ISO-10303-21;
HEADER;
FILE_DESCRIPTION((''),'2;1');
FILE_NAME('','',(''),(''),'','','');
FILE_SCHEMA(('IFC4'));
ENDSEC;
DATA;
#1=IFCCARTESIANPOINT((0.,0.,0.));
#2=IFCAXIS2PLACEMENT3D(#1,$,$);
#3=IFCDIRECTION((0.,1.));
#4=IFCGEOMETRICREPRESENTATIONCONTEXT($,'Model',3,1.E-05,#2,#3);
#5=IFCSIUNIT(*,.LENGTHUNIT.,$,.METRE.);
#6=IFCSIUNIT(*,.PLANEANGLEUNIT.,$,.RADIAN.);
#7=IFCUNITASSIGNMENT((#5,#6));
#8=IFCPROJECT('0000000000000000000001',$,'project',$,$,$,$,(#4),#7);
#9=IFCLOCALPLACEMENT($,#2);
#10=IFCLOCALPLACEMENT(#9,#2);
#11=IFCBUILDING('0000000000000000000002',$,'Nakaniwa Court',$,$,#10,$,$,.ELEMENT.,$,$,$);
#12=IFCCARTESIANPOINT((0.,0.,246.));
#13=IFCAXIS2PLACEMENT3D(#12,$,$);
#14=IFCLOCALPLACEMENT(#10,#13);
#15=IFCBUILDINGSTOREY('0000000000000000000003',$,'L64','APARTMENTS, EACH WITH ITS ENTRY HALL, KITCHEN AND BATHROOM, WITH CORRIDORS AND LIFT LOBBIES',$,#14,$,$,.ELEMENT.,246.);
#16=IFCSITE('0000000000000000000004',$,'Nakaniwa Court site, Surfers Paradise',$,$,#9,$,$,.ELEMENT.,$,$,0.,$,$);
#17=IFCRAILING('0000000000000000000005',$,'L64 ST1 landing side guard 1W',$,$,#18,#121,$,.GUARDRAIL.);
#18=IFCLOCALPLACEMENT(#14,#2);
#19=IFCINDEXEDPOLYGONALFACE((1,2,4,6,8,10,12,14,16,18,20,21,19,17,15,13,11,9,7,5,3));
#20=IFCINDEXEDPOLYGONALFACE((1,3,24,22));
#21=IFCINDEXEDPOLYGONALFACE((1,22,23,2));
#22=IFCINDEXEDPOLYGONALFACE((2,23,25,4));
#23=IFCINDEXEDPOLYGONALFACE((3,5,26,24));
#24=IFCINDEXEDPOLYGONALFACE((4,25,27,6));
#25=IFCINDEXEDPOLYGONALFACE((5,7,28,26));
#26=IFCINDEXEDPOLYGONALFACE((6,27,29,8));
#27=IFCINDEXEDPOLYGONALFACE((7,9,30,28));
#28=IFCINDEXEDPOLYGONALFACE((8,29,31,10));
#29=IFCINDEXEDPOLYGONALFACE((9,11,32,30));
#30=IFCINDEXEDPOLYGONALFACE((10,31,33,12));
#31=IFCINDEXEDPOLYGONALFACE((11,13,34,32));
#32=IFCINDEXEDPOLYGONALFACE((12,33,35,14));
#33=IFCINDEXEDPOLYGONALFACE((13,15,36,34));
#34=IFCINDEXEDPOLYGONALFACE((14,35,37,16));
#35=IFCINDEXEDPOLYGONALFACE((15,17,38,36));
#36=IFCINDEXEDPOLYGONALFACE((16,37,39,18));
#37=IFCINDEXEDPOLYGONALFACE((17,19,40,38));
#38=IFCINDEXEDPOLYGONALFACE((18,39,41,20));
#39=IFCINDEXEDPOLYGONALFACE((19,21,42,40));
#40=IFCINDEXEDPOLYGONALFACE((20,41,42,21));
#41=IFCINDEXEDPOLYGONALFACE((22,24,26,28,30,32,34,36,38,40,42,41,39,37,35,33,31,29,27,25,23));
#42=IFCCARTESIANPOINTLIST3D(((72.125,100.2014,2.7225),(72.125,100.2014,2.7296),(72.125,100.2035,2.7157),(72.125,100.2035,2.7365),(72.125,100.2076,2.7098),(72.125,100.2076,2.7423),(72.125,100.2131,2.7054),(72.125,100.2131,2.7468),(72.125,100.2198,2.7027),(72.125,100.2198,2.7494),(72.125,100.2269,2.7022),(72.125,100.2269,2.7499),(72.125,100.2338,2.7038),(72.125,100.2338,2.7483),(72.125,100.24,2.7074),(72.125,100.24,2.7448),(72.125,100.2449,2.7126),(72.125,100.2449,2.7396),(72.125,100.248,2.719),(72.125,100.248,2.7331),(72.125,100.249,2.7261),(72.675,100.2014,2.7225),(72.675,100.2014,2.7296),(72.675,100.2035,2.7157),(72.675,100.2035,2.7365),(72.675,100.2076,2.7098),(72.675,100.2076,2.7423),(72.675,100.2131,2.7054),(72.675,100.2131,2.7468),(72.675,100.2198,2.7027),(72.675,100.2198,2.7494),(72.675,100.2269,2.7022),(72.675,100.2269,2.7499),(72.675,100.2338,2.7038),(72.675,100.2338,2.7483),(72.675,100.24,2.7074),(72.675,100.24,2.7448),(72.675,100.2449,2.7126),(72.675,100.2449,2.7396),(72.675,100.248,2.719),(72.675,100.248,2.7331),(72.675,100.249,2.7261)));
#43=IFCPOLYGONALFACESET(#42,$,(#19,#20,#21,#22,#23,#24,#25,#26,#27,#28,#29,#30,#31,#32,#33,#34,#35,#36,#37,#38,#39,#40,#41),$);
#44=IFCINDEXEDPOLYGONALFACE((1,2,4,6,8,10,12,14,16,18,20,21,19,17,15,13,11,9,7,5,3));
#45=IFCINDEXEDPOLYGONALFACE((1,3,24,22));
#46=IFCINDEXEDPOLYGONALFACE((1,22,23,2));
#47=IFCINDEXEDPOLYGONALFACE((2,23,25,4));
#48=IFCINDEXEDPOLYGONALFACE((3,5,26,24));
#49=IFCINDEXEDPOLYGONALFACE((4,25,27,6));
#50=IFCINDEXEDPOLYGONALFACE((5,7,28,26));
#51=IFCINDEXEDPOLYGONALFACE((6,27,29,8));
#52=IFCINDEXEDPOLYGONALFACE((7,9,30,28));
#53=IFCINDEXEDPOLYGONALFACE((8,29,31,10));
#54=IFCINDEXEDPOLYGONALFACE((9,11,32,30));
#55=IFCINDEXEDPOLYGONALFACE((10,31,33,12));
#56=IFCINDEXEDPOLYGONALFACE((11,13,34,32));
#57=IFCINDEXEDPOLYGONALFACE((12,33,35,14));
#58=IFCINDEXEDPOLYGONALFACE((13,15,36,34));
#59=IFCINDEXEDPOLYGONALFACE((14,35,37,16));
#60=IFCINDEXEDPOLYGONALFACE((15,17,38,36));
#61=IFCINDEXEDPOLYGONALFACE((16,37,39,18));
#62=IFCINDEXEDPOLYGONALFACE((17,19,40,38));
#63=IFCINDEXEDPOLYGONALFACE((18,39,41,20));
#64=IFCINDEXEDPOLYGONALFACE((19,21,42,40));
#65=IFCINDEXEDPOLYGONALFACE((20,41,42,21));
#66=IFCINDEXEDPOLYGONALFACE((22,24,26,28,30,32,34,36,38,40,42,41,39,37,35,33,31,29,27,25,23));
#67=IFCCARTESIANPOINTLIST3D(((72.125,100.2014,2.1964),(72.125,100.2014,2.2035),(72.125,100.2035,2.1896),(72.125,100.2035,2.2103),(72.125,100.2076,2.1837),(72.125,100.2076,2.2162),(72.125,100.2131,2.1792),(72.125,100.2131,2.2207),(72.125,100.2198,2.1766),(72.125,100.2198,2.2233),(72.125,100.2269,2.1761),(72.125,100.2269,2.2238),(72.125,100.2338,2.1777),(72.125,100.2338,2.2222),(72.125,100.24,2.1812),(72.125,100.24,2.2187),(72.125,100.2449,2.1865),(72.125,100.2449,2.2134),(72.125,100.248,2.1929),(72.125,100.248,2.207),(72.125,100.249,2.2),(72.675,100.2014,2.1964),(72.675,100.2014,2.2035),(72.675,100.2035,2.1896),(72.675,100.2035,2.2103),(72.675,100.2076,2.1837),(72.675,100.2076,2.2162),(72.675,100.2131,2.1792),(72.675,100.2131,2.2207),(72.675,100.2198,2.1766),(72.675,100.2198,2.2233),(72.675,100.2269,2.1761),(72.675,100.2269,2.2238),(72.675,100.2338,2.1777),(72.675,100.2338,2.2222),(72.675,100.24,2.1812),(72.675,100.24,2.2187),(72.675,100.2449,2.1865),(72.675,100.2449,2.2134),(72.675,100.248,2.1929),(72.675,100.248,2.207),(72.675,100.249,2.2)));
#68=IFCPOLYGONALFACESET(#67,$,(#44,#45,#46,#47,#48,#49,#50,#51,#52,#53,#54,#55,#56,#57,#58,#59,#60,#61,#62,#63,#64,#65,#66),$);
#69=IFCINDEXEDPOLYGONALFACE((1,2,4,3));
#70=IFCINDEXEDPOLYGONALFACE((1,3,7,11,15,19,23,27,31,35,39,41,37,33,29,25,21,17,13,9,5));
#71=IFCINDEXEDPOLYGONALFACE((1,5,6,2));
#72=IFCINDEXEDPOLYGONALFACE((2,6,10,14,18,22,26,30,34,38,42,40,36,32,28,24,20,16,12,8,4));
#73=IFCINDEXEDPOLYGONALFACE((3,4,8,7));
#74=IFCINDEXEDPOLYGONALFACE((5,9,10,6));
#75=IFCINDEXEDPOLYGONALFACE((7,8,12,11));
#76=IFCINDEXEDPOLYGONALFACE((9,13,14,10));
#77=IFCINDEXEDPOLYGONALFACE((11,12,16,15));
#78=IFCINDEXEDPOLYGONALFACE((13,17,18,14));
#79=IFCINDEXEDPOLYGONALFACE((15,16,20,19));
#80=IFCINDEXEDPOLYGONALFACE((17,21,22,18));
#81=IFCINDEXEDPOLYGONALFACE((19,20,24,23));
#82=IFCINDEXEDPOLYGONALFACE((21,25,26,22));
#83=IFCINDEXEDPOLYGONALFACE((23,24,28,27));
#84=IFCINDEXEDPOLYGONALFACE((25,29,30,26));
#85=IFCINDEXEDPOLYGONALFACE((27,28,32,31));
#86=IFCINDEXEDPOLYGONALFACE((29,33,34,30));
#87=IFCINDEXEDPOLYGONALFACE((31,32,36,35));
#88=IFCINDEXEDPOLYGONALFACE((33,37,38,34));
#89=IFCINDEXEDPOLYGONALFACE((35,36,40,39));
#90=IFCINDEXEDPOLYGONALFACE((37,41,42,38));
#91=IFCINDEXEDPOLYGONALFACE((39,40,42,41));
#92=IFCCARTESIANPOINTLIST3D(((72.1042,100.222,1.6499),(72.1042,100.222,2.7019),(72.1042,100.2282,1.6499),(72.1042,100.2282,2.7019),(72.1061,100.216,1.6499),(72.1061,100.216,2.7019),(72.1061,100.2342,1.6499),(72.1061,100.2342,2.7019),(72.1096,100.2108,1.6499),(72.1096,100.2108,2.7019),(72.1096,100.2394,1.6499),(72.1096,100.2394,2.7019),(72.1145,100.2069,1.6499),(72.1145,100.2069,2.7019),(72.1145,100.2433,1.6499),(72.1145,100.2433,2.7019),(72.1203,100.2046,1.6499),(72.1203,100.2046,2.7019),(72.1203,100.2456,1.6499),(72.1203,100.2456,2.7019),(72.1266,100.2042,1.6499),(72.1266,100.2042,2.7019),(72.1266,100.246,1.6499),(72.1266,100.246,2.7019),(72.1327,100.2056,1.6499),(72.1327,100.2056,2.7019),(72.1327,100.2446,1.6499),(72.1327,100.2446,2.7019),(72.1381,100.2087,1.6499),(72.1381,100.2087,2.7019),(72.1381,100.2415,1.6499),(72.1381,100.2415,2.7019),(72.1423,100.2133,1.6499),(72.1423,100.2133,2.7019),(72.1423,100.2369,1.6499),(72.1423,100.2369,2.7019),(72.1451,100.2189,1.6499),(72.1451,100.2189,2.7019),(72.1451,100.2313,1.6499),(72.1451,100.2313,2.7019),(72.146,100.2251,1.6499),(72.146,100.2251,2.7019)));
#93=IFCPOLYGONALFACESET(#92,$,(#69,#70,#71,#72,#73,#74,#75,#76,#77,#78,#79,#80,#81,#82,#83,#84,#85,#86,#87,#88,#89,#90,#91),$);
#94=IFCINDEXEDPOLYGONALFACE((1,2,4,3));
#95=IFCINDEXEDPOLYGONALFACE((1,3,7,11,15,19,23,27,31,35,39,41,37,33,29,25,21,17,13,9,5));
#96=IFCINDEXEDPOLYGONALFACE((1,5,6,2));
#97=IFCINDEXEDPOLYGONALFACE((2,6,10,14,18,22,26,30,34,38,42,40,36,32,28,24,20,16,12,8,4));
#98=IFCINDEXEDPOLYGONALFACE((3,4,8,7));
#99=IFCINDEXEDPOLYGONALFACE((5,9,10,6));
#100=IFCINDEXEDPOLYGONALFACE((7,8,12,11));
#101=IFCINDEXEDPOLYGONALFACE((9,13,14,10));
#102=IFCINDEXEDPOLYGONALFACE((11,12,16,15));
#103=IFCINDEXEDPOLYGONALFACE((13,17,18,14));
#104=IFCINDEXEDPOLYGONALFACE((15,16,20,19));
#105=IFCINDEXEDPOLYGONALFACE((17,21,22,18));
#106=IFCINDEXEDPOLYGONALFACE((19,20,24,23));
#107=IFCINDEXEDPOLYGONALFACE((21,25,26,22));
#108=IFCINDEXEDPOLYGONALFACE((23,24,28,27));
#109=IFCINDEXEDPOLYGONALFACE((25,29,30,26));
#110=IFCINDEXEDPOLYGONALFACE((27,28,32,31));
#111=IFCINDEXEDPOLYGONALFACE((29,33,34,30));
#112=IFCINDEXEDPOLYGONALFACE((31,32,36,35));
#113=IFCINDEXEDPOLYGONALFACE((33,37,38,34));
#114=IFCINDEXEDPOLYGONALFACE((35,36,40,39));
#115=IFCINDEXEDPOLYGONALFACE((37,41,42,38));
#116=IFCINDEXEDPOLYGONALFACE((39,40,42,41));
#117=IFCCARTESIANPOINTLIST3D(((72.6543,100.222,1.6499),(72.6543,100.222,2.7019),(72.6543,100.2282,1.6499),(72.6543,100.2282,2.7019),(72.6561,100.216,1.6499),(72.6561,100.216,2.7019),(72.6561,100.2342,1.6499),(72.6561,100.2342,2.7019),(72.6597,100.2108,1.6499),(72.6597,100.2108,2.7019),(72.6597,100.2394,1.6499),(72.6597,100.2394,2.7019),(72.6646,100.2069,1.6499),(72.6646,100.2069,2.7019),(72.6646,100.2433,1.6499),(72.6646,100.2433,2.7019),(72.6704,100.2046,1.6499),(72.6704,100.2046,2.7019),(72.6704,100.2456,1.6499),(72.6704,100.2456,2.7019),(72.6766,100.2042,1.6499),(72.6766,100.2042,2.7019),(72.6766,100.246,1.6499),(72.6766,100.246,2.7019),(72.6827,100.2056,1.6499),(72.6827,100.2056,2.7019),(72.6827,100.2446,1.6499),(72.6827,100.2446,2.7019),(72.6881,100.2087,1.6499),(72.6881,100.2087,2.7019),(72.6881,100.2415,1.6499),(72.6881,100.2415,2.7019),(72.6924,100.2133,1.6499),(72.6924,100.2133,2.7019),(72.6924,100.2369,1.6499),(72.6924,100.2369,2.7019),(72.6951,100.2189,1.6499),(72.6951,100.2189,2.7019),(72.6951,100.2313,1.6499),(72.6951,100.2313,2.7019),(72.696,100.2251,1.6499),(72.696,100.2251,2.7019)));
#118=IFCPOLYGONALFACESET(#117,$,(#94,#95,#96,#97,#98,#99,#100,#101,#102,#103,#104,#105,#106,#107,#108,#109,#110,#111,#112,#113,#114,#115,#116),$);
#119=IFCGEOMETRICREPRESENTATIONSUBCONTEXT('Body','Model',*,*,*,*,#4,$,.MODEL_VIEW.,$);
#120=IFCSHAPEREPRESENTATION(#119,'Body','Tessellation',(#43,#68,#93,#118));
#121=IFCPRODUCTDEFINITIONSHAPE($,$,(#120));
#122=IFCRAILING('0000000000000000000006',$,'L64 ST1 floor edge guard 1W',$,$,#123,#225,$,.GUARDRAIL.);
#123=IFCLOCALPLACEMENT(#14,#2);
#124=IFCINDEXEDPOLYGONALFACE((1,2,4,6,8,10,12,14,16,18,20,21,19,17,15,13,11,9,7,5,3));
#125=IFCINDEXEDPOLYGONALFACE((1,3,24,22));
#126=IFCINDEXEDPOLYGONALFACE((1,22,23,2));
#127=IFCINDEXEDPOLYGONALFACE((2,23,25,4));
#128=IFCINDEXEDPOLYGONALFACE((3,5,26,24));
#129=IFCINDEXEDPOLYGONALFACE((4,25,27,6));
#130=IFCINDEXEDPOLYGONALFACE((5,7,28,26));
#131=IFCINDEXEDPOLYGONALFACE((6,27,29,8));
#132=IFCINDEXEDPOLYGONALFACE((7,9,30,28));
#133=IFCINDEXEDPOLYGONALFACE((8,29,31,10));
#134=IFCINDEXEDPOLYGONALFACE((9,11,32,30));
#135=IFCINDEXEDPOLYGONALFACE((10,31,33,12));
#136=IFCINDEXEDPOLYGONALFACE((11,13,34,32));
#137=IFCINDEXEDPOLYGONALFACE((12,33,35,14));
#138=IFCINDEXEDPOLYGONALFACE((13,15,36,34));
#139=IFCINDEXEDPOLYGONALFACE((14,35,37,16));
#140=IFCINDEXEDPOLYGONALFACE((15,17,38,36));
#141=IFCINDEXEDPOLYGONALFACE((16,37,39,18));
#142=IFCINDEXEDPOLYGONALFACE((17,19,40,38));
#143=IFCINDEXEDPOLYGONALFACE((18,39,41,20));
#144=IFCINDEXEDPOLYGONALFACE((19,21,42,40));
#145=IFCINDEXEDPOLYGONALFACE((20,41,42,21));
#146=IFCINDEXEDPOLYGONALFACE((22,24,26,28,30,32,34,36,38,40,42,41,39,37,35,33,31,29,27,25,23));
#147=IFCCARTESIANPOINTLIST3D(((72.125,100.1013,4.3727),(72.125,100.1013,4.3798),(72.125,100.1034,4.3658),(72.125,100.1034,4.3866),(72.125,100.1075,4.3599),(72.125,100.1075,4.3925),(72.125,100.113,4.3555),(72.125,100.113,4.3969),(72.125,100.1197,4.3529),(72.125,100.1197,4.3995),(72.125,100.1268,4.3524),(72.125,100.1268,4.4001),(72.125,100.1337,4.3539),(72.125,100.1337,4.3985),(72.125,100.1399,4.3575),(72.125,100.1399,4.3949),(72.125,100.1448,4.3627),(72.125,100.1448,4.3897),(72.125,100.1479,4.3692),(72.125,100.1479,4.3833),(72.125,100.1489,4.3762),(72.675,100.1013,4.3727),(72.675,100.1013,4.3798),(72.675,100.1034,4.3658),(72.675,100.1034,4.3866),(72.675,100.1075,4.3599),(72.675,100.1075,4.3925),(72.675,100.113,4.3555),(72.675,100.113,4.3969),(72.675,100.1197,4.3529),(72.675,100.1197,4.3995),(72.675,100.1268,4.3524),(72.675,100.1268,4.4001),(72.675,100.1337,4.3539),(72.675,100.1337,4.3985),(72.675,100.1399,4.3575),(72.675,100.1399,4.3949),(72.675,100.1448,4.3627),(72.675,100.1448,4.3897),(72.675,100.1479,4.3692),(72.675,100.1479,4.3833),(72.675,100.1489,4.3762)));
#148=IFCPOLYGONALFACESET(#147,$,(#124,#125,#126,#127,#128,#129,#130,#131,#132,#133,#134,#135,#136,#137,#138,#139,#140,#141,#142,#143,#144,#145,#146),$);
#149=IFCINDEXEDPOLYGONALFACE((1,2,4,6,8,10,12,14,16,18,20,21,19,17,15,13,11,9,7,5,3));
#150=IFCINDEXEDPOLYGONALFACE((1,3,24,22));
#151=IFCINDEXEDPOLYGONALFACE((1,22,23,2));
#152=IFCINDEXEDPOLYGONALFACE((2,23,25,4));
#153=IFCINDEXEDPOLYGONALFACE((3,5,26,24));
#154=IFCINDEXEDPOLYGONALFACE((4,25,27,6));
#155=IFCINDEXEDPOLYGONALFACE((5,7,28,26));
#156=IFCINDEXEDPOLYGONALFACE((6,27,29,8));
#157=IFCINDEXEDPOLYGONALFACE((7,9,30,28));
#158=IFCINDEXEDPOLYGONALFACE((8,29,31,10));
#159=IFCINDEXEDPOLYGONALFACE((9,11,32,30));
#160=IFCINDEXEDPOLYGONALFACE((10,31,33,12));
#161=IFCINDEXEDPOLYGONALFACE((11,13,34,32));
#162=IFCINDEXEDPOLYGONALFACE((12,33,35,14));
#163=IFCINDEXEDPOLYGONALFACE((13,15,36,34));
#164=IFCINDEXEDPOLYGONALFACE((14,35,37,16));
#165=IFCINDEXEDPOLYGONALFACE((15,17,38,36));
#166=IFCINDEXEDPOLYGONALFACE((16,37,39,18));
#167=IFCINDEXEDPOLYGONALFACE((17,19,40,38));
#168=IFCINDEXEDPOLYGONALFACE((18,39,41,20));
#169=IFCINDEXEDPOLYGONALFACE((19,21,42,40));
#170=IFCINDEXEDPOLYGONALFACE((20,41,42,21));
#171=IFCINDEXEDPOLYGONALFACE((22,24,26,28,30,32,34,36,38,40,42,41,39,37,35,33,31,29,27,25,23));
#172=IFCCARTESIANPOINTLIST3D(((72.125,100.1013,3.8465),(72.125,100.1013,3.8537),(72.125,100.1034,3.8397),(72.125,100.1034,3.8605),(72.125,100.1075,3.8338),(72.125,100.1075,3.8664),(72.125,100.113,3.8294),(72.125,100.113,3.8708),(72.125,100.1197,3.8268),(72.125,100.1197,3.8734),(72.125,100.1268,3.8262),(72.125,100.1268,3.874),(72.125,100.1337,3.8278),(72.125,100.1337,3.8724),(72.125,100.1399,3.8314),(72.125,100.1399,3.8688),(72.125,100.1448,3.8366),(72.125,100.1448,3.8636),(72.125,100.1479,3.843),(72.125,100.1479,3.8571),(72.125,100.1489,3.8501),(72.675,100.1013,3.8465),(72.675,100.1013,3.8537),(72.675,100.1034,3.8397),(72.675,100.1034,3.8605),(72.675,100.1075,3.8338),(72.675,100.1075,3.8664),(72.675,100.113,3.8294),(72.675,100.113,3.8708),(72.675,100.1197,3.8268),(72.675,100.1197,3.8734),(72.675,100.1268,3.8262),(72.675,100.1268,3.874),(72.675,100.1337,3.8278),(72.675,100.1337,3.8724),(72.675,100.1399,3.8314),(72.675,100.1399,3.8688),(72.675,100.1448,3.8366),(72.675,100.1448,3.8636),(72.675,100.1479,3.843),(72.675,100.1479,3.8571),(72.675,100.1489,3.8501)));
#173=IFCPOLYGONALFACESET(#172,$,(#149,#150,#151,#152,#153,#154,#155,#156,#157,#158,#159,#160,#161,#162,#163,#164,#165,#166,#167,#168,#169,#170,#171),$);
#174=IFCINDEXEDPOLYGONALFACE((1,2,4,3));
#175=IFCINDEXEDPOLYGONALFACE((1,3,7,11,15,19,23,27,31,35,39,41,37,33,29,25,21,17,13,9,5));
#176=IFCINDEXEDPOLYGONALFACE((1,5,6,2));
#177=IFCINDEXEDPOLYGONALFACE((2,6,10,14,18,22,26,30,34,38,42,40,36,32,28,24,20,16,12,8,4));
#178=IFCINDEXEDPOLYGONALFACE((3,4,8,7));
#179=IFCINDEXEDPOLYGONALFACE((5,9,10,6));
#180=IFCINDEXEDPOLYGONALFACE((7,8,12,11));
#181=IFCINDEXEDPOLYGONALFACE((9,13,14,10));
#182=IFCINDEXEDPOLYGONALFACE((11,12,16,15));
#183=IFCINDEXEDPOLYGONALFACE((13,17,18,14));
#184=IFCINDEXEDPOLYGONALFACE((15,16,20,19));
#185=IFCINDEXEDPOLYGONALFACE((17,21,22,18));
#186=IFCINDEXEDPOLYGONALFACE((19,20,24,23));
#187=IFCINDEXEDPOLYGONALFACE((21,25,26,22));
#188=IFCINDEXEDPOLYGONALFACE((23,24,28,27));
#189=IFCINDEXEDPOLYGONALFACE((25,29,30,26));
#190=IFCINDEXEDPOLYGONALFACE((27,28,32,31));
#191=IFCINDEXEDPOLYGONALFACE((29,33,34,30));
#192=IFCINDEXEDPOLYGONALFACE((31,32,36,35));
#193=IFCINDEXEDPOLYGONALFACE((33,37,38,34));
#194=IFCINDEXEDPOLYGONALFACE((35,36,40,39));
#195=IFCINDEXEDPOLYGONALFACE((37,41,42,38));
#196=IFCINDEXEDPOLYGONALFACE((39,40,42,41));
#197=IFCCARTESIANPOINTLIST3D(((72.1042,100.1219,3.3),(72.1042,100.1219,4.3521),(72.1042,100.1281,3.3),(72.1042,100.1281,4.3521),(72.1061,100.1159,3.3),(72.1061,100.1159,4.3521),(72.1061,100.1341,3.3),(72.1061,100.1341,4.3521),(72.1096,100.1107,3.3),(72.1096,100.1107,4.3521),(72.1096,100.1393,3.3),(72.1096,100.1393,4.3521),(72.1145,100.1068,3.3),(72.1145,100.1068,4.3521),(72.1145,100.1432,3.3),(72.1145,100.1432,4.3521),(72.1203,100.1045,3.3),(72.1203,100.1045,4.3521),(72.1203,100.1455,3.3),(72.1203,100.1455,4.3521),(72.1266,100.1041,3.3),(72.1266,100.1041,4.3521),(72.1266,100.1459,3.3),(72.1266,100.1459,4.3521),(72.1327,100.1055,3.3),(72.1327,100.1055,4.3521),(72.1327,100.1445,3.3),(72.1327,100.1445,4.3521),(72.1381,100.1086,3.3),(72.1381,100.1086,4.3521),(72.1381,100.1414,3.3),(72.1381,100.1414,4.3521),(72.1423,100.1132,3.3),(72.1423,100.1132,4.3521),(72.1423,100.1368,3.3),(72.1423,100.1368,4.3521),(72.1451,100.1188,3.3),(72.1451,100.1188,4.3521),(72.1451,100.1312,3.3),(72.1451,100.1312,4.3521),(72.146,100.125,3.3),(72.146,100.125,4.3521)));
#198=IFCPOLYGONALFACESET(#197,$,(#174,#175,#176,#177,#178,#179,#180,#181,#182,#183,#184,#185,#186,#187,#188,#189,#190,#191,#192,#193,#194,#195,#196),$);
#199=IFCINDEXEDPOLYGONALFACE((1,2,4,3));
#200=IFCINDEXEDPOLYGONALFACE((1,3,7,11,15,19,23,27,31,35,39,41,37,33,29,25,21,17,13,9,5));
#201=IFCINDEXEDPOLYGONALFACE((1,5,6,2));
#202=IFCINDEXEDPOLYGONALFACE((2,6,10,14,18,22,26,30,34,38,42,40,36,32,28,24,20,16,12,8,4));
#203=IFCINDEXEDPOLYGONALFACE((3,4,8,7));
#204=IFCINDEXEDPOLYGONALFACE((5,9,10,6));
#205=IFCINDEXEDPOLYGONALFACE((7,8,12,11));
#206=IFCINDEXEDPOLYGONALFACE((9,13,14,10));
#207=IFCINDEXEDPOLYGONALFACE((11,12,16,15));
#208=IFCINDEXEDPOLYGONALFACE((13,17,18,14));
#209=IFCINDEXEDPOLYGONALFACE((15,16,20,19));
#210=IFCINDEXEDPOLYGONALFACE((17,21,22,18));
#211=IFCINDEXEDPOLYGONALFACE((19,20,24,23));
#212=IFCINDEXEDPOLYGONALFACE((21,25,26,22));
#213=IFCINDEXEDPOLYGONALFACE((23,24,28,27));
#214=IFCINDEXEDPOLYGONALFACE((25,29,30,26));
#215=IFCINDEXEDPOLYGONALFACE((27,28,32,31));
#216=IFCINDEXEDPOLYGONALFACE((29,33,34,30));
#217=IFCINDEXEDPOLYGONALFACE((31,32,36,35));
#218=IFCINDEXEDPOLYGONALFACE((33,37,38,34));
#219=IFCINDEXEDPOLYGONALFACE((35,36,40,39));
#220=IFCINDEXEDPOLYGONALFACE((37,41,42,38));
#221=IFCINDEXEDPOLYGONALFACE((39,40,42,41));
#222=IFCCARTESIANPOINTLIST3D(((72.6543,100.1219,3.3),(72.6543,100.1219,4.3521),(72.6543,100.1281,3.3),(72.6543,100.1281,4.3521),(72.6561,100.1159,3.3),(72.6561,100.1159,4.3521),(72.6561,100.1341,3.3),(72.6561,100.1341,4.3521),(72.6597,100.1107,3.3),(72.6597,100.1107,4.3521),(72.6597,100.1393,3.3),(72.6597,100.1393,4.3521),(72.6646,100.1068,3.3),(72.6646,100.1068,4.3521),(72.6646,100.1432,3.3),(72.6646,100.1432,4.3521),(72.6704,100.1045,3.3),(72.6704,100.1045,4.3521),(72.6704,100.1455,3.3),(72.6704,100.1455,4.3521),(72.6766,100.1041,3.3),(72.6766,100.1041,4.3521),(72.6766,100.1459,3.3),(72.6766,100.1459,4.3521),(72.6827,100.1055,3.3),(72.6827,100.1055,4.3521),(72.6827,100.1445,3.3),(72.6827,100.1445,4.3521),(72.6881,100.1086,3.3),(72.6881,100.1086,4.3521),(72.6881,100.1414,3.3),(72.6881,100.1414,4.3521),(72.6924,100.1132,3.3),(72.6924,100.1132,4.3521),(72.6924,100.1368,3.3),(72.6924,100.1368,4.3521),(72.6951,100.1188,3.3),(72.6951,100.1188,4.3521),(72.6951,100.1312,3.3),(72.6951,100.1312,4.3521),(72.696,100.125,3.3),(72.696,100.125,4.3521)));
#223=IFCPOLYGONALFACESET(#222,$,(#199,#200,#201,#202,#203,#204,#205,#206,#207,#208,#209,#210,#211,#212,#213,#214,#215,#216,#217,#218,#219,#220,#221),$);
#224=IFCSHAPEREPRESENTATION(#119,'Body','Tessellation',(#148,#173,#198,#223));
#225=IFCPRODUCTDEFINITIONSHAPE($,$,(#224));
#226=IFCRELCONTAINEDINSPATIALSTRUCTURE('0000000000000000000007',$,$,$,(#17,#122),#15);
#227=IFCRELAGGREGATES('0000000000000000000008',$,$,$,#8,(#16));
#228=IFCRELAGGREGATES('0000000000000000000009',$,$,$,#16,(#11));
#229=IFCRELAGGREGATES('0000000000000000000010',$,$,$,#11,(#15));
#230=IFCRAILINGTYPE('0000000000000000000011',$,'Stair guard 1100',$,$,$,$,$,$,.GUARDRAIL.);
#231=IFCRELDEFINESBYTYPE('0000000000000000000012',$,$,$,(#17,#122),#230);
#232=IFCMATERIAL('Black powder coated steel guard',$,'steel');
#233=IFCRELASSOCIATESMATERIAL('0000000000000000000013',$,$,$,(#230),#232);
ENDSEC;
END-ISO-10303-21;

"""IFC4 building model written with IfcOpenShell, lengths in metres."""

from ifc_helpers import new_model, si_unit, direction, frame, origin, origin_2d, place, context, subcontext, project, spatial, circle, extrude, material, type_object, element, save


model = new_model("IFC4")

# Units and contexts
model_context = context("Model", 3, precision=1e-05, world=origin(), true_north=direction((0.0, 1.0)))
body_context = subcontext(model_context, "Body", "Model", "MODEL_VIEW")
ifc_project = project(units=[si_unit("LENGTHUNIT", "METRE"), si_unit("PLANEANGLEUNIT", "RADIAN")], contexts=[model_context])

# Site, building, storey
site_placement = place(None, origin())
site = spatial("IfcSite", under=ifc_project, at=site_placement, Name="Nakaniwa Court site, Surfers Paradise", CompositionType="ELEMENT", RefElevation=0.0)
building_placement = place(site_placement, origin())
building = spatial("IfcBuilding", under=site, at=building_placement, Name="Nakaniwa Court", CompositionType="ELEMENT")
storey_placement = place(building_placement, frame((0.0, 0.0, 246.0)))
storey = spatial("IfcBuildingStorey", under=building, at=storey_placement, Name="L64", Description="APARTMENTS, EACH WITH ITS ENTRY HALL, KITCHEN AND BATHROOM, WITH CORRIDORS AND LIFT LOBBIES", CompositionType="ELEMENT", Elevation=246.0)

# Railings
ifc_material_1 = material(Name="Black powder coated steel guard", Category="steel")
railing_type_1 = type_object("IfcRailingType", Name="Stair guard 1100", PredefinedType="GUARDRAIL", material=ifc_material_1)
for number, where, name in (
    (1, (72.125, 100.2251, 1.6499), "L64 ST1 landing side guard 1W"),
    (2, (72.125, 100.125, 3.3), "L64 ST1 floor edge guard 1W"),
):
    element("IfcRailing", number, at=place(storey_placement, frame(where)), inside=storey, type_object=railing_type_1, Name=name, PredefinedType="GUARDRAIL", context=body_context, shape_type="SweptSolid", body=[
        extrude(circle(Radius=0.0239, at=origin_2d()), frame((0.0, 0.0, 1.0762), z_axis=(1.0, 0.0, 0.0), x_axis=(0.0, 1.0, 0.0)), (0.0, 0.0, 1.0), 0.55),
        extrude(circle(Radius=0.0239, at=origin_2d()), frame((0.0, 0.0, 0.55), z_axis=(1.0, 0.0, 0.0), x_axis=(0.0, 1.0, 0.0)), (0.0, 0.0, 1.0), 0.55),
        extrude(circle(Radius=0.021, at=origin_2d()), origin(), (0.0, 0.0, 1.0), 1.052),
        extrude(circle(Radius=0.021, at=origin_2d()), frame((0.55, 0.0, 0.0)), (0.0, 0.0, 1.0), 1.052),
    ])

save(model, "model.ifc")
